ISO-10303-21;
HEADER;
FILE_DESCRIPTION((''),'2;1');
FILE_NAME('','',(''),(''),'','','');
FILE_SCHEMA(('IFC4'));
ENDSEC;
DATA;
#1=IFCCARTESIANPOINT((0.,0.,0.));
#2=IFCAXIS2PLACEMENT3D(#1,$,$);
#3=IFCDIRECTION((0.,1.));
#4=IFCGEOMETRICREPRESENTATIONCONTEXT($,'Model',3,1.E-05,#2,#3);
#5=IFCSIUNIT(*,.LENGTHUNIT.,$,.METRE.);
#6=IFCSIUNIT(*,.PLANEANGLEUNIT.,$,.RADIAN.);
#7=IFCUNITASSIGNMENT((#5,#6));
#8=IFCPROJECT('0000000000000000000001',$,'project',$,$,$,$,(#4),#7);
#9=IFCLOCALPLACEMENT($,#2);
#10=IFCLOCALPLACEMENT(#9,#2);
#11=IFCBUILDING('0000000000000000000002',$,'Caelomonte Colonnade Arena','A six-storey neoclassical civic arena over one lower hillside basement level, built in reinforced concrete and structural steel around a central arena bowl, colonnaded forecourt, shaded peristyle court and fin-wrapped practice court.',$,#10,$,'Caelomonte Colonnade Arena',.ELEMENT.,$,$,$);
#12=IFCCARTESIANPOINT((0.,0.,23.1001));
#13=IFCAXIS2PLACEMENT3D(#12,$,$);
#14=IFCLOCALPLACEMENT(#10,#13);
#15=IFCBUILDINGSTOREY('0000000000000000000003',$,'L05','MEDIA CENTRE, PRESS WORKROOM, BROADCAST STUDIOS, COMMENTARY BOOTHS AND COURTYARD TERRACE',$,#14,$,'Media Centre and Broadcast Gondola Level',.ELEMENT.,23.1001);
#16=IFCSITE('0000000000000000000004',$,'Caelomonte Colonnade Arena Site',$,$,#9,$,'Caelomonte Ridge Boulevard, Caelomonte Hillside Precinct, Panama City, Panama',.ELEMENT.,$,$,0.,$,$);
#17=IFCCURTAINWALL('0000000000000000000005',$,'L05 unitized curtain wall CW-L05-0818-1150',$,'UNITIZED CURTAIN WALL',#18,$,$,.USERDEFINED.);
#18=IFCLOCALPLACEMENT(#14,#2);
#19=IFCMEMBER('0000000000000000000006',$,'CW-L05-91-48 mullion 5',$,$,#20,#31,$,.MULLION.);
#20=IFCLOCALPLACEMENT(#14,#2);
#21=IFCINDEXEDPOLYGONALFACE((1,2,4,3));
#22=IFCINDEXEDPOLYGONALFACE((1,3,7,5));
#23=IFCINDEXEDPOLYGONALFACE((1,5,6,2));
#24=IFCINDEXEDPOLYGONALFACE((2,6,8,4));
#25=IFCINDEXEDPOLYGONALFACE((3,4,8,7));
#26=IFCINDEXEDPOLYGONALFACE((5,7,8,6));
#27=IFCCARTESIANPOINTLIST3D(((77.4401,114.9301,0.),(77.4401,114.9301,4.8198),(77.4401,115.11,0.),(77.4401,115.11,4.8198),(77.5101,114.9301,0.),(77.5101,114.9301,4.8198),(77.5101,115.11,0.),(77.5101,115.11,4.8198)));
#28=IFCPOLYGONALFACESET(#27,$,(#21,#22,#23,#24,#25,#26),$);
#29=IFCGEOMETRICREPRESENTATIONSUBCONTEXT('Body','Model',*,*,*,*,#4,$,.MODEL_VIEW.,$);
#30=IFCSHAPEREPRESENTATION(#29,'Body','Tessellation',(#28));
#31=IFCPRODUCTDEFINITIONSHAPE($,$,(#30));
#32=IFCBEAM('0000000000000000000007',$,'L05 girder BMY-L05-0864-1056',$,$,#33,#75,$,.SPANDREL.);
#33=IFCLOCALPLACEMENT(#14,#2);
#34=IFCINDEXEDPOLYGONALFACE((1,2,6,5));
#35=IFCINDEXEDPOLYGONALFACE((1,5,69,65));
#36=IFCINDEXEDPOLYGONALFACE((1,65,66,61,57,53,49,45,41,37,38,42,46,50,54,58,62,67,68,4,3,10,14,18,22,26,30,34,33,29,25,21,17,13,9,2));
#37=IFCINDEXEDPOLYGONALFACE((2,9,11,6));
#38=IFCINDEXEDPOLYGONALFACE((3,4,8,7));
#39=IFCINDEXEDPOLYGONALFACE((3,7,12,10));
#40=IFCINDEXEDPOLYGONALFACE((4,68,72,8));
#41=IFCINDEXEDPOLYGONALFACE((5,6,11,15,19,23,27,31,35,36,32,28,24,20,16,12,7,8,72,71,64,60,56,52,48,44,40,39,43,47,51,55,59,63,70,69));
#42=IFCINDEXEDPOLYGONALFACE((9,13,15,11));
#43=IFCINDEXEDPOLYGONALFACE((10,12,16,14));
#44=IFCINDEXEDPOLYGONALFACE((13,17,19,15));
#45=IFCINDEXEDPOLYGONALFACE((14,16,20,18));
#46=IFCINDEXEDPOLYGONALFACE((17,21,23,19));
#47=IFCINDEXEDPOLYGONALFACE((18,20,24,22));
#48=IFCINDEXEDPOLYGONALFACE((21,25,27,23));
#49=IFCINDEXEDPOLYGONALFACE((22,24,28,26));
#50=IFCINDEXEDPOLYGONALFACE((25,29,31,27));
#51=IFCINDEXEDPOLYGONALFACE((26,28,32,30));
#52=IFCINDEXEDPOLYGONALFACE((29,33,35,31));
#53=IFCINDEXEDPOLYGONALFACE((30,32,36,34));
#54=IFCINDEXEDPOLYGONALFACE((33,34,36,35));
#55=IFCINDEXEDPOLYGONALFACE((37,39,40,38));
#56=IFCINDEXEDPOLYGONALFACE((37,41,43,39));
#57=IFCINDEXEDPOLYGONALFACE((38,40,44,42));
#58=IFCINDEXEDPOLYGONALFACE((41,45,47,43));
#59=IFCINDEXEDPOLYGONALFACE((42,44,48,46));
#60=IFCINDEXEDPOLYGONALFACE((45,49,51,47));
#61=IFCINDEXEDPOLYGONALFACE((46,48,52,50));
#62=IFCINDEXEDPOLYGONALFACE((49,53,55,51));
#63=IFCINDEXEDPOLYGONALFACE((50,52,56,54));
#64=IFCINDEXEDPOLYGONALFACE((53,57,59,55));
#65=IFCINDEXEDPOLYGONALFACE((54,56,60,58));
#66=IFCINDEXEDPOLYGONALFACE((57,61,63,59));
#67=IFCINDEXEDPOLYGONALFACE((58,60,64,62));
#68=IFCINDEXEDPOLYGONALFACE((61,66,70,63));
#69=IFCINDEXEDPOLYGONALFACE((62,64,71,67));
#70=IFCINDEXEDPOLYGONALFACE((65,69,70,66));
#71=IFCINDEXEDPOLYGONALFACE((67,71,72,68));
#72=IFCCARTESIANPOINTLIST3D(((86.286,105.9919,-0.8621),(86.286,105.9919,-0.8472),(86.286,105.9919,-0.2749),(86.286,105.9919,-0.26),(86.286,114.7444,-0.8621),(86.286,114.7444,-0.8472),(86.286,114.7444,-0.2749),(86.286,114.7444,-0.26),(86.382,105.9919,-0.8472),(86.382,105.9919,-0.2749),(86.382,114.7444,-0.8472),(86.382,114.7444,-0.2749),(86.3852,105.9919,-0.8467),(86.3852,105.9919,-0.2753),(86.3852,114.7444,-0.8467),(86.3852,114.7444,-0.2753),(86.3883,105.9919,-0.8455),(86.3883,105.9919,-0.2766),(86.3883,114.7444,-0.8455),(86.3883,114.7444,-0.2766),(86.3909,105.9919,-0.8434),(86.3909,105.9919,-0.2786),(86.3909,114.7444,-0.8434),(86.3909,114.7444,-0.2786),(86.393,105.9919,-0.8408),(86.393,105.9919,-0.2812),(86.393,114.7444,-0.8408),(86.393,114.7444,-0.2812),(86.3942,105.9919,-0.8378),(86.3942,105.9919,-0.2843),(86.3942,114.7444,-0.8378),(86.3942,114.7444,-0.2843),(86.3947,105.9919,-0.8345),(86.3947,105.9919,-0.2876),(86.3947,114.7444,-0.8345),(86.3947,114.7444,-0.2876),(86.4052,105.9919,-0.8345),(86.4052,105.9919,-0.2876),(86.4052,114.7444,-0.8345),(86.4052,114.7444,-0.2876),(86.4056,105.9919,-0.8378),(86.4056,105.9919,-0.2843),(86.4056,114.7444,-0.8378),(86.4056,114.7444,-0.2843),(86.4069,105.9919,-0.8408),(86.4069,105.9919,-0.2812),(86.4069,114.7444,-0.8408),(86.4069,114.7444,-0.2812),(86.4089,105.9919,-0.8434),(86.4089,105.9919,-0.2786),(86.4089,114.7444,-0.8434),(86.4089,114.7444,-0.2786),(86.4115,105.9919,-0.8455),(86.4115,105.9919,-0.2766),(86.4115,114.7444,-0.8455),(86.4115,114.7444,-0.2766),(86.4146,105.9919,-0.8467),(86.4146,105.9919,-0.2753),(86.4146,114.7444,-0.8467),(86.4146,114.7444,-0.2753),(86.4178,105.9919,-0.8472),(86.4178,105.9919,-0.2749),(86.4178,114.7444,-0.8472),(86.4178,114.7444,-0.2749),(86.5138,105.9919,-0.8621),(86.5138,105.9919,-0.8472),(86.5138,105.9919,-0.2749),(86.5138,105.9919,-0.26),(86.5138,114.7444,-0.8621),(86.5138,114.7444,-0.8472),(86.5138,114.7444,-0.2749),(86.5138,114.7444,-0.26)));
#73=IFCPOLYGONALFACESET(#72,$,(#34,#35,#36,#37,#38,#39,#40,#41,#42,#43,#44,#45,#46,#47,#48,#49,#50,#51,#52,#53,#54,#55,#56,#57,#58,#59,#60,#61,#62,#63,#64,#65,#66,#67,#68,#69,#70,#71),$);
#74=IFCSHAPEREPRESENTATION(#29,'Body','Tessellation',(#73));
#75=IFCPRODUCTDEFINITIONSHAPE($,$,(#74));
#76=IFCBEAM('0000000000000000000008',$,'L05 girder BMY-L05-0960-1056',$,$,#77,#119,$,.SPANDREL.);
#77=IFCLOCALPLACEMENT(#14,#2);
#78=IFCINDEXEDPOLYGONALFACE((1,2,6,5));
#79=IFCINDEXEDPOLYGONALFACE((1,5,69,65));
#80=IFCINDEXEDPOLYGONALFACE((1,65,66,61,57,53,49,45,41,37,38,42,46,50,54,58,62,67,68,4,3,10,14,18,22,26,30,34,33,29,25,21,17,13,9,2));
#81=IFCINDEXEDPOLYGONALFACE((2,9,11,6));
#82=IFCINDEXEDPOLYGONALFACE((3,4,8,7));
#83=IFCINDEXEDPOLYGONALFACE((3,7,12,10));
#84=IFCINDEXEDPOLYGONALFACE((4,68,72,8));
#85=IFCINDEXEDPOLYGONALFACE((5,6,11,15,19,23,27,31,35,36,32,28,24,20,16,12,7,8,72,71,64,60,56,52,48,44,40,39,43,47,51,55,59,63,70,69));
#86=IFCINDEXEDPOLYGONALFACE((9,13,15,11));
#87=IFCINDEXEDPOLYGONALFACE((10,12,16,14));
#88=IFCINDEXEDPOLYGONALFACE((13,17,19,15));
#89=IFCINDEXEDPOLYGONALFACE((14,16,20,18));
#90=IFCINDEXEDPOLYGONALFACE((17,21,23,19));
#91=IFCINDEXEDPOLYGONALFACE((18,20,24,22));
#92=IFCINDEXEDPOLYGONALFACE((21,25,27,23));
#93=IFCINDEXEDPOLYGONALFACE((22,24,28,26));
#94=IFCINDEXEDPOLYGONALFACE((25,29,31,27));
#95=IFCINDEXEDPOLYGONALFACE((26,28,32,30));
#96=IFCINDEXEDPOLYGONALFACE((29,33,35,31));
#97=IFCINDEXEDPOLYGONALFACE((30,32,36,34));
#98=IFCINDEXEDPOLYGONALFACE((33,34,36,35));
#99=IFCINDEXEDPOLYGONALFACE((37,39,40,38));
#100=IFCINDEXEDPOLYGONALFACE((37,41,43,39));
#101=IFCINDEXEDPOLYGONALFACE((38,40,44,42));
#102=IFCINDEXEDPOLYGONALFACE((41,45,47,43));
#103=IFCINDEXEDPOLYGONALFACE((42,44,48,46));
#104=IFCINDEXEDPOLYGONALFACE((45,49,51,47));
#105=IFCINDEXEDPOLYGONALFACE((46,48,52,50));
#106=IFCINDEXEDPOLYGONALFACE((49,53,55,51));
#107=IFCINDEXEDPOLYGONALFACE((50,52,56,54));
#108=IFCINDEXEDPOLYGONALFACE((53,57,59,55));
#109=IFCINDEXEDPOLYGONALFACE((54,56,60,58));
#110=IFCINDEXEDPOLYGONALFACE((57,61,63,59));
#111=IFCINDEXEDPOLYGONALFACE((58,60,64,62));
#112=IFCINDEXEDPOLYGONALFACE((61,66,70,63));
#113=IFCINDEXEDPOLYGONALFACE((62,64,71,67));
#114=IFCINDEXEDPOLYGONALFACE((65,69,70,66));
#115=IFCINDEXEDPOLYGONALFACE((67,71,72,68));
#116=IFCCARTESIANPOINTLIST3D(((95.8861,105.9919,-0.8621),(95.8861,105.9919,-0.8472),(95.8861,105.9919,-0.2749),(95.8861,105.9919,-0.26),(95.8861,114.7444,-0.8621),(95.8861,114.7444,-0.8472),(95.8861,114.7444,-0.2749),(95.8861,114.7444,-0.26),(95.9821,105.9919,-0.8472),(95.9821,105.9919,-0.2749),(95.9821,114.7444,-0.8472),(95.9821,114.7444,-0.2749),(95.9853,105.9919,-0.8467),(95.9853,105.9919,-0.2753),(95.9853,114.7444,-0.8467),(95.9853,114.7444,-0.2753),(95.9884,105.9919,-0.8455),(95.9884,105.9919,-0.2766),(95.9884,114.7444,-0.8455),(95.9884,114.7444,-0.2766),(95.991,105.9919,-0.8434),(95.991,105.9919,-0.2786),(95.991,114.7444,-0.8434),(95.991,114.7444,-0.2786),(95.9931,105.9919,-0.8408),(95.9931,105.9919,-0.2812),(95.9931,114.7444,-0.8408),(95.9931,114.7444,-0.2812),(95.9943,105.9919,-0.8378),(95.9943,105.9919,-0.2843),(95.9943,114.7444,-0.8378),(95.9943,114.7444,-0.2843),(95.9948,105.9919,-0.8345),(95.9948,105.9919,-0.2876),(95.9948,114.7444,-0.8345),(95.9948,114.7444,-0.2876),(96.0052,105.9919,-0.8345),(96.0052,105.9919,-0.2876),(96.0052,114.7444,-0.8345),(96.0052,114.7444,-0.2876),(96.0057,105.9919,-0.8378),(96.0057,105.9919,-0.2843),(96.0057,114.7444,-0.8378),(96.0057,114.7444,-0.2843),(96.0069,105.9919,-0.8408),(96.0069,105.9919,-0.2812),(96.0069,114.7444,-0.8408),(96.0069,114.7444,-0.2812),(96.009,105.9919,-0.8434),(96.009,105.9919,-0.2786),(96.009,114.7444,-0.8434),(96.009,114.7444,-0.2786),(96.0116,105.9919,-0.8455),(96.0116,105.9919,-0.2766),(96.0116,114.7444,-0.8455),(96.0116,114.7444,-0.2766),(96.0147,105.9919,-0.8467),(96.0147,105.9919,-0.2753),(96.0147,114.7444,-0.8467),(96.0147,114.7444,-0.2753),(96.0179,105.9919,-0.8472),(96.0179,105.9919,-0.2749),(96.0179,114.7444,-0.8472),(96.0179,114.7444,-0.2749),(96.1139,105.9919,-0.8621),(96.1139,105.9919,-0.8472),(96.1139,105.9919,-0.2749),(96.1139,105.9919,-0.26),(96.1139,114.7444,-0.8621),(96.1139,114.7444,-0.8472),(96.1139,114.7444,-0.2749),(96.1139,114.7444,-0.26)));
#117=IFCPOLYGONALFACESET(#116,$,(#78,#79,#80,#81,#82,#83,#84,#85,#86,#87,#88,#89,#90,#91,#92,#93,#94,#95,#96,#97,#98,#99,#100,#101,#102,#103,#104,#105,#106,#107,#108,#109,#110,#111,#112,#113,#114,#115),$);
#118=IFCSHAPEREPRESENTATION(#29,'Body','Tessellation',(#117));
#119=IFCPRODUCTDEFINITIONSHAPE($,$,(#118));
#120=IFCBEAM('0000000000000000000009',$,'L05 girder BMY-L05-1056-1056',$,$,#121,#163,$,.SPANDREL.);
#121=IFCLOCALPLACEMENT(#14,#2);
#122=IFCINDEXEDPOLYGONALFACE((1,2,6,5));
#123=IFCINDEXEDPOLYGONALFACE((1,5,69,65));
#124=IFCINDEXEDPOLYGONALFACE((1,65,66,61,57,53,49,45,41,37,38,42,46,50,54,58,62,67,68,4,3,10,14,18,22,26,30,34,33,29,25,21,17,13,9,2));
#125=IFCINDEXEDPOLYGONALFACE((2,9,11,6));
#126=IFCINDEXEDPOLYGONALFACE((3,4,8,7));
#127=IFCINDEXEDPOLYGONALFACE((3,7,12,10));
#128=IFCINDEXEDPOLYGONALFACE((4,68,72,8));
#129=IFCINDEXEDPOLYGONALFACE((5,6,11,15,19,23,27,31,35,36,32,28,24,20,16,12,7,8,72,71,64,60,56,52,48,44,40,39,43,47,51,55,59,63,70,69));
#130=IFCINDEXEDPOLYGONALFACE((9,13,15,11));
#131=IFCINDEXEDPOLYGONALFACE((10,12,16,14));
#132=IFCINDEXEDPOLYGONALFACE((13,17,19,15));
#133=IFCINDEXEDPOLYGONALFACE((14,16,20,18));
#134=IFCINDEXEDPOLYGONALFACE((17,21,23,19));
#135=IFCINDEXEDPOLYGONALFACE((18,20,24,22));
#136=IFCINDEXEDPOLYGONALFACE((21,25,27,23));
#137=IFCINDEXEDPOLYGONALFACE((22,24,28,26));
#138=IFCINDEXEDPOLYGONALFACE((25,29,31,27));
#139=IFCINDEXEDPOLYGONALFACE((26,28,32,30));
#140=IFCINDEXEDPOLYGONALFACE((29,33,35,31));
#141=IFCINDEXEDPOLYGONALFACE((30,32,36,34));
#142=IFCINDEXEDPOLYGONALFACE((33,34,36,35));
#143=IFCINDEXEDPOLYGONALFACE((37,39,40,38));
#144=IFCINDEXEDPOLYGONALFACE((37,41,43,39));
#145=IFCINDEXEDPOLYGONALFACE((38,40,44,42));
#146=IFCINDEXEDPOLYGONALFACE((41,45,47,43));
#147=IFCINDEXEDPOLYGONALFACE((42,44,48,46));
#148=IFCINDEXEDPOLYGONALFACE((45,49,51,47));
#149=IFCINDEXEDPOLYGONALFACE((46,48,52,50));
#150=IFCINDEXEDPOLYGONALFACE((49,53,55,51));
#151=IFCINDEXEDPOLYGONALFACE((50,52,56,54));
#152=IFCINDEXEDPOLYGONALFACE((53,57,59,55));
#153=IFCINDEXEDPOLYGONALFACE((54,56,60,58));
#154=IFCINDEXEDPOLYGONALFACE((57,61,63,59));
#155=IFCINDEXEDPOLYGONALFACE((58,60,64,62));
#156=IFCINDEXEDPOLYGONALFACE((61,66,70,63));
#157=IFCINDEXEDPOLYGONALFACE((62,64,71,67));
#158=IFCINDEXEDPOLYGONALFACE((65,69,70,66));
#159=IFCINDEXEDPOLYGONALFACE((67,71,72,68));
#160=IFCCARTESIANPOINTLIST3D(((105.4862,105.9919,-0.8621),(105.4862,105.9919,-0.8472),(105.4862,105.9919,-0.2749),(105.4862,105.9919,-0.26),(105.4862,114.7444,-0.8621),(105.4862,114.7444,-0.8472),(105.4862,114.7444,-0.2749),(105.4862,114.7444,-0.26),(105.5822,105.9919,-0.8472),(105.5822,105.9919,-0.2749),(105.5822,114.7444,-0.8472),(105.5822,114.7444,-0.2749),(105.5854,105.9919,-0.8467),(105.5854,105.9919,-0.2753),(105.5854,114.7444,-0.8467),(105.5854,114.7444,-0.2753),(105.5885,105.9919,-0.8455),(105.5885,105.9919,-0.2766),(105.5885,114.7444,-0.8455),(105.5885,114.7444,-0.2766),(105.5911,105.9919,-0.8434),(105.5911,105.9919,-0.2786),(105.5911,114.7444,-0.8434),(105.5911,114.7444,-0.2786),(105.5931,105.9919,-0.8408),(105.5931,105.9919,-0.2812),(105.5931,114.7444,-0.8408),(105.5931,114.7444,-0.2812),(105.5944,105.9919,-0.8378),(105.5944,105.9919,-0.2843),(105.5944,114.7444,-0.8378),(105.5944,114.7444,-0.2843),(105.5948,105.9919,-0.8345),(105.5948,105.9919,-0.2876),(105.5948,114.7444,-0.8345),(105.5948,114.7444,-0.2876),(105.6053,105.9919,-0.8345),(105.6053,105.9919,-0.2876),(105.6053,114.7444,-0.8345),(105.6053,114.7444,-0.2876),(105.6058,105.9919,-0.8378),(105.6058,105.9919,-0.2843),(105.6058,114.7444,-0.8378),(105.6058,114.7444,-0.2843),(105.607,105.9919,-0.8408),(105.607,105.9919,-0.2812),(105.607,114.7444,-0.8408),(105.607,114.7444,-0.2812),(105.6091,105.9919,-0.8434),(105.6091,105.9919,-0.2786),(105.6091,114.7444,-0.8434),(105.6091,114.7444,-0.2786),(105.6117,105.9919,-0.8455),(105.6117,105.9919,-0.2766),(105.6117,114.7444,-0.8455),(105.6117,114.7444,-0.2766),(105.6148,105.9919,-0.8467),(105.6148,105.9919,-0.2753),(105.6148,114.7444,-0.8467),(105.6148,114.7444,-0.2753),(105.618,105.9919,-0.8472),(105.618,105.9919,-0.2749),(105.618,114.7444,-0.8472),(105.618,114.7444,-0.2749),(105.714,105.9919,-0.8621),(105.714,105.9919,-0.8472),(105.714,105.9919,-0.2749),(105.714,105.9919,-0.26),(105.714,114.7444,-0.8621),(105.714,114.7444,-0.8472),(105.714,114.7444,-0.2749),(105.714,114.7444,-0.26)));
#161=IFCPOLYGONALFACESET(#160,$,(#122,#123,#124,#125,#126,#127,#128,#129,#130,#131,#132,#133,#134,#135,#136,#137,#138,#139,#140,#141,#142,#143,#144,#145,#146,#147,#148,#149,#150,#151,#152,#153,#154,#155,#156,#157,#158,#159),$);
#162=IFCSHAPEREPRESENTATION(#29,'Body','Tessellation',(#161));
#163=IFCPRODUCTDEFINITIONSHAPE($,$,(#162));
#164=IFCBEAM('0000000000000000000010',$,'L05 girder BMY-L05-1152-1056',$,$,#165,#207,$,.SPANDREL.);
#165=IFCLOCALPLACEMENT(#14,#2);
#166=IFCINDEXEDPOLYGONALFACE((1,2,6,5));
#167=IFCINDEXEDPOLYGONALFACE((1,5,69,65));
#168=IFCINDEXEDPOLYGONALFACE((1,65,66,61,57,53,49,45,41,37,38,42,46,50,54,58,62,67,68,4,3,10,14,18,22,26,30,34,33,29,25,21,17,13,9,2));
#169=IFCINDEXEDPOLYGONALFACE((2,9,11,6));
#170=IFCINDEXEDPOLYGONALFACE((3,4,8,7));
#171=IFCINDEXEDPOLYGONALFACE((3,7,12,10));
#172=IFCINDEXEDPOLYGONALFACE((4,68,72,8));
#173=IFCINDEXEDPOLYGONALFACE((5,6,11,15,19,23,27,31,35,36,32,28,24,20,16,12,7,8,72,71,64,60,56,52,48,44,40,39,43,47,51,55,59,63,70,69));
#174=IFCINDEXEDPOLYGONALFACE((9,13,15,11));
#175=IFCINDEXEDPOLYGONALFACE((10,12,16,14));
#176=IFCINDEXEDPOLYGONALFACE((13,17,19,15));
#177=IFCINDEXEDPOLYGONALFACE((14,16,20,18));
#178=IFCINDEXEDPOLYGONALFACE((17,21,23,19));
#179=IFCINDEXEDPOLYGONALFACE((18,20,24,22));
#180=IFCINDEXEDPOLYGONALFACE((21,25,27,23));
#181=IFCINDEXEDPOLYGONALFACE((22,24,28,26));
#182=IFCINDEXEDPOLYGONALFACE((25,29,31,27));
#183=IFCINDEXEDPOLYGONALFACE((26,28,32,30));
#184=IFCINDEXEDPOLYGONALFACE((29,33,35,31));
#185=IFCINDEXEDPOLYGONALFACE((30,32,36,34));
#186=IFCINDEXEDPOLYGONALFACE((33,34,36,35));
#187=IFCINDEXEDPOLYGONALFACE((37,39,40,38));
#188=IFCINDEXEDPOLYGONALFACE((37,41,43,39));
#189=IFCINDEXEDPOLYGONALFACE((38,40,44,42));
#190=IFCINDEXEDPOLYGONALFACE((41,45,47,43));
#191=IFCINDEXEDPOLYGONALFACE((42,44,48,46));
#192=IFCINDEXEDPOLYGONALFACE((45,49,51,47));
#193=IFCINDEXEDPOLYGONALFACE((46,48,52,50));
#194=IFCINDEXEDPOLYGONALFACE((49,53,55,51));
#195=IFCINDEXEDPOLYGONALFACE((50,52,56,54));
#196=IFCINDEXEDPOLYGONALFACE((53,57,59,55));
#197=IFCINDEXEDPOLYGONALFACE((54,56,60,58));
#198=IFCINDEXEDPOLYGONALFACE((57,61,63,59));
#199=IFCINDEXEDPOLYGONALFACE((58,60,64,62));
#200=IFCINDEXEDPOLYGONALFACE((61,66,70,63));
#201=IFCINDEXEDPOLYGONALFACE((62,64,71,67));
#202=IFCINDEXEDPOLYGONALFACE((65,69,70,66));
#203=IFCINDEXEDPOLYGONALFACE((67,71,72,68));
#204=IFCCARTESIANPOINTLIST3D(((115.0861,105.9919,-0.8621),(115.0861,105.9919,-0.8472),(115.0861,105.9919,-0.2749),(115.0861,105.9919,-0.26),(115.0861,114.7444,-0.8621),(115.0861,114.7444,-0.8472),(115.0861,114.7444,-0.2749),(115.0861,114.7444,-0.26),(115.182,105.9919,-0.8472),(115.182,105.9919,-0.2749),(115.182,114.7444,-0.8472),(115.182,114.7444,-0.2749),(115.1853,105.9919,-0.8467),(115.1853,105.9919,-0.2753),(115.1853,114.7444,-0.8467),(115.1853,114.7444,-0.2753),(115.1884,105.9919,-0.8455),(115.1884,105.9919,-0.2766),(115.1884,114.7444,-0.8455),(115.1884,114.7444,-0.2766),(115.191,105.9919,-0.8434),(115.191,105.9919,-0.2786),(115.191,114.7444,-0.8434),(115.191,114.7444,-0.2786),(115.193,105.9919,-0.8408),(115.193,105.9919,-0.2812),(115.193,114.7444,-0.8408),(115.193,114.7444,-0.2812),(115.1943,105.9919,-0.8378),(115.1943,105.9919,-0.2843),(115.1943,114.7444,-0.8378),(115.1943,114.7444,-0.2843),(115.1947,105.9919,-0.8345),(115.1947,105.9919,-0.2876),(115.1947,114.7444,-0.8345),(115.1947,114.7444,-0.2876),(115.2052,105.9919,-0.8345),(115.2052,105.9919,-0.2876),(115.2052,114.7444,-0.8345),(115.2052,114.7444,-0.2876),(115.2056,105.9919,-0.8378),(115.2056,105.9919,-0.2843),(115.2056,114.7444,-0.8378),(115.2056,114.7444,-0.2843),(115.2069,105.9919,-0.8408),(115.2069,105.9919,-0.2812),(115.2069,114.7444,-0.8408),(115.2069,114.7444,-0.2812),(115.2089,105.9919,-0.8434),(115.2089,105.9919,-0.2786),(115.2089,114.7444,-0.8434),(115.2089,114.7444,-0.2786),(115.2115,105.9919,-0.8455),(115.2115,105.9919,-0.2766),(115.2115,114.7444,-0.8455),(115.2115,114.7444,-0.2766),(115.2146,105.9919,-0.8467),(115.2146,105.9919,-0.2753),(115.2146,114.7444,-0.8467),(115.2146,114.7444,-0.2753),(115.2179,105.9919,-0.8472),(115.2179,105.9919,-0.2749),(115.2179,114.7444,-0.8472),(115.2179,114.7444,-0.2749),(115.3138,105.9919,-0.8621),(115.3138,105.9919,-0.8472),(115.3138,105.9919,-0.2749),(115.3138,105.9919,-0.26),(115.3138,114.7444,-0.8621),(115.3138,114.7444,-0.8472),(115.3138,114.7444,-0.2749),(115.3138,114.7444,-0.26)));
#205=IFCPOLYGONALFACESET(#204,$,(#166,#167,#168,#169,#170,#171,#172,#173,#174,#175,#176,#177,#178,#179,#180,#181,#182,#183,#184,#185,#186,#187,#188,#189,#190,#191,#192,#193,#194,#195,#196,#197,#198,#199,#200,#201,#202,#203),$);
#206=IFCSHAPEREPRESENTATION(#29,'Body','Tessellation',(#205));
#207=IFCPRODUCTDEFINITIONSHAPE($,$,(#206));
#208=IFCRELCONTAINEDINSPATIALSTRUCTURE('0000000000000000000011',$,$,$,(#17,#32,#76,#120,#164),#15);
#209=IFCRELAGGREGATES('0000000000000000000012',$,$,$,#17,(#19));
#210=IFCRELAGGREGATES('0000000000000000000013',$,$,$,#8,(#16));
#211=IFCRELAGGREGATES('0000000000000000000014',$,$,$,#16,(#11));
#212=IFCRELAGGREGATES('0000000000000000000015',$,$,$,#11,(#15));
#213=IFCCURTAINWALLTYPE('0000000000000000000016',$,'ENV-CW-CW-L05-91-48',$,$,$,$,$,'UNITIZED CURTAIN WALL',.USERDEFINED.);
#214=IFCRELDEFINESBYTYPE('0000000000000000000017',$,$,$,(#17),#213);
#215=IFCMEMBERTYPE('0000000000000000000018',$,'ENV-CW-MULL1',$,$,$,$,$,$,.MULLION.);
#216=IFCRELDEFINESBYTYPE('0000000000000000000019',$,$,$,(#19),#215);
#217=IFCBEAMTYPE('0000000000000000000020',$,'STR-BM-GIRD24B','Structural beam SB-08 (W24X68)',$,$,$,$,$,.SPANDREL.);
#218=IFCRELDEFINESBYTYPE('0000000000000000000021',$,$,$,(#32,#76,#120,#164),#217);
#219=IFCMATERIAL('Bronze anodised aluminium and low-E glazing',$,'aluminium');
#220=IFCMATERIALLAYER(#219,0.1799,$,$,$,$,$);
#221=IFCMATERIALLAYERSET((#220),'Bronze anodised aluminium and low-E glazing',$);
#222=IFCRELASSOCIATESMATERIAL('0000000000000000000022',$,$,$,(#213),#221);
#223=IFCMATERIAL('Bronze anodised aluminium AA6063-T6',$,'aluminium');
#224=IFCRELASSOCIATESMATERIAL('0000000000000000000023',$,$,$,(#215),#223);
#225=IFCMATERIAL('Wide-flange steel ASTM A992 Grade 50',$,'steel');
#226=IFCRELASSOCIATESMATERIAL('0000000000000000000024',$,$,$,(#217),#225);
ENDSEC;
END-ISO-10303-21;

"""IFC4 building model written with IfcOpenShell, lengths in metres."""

from ifc_helpers import new_model, si_unit, direction, frame, origin, origin_2d, place, context, subcontext, project, spatial, rectangle, i_section, extrude, material, layer, layer_set, material_profile, profile_set, type_object, element, aggregate, save


model = new_model("IFC4")

# Units and contexts
model_context = context("Model", 3, precision=1e-05, world=origin(), true_north=direction((0.0, 1.0)))
body_context = subcontext(model_context, "Body", "Model", "MODEL_VIEW")
ifc_project = project(units=[si_unit("LENGTHUNIT", "METRE"), si_unit("PLANEANGLEUNIT", "RADIAN")], contexts=[model_context])

# Site, building, storey
site_placement = place(None, origin())
site = spatial("IfcSite", under=ifc_project, at=site_placement, Name="Caelomonte Colonnade Arena Site", LongName="Caelomonte Ridge Boulevard, Caelomonte Hillside Precinct, Panama City, Panama", CompositionType="ELEMENT", RefElevation=0.0)
building_placement = place(site_placement, origin())
building = spatial("IfcBuilding", under=site, at=building_placement, Name="Caelomonte Colonnade Arena", Description="A six-storey neoclassical civic arena over one lower hillside basement level, built in reinforced concrete and structural steel around a central arena bowl, colonnaded forecourt, shaded peristyle court and fin-wrapped practice court.", LongName="Caelomonte Colonnade Arena", CompositionType="ELEMENT")
storey_placement = place(building_placement, frame((0.0, 0.0, 23.1001)))
storey = spatial("IfcBuildingStorey", under=building, at=storey_placement, Name="L05", Description="MEDIA CENTRE, PRESS WORKROOM, BROADCAST STUDIOS, COMMENTARY BOOTHS AND COURTYARD TERRACE", LongName="Media Centre and Broadcast Gondola Level", CompositionType="ELEMENT", Elevation=23.1001)

# Curtain wall, member
ifc_material_1 = material(Name="Bronze anodised aluminium and low-E glazing", Category="aluminium")
ifc_layer_1 = layer(ifc_material_1, 0.1799)
ifc_layer_set_1 = layer_set([ifc_layer_1], Name="Bronze anodised aluminium and low-E glazing")
curtain_wall_type = type_object("IfcCurtainWallType", Name="ENV-CW-CW-L05-91-48", ElementType="UNITIZED CURTAIN WALL", PredefinedType="USERDEFINED", material=ifc_layer_set_1)
curtain_wall_placement = place(storey_placement, origin())
curtain_wall = element("IfcCurtainWall", 1, at=curtain_wall_placement, inside=storey, type_object=curtain_wall_type, Name="L05 unitized curtain wall CW-L05-0818-1150", ObjectType="UNITIZED CURTAIN WALL", PredefinedType="USERDEFINED")
ifc_material_2 = material(Name="Bronze anodised aluminium AA6063-T6", Category="aluminium")
ifc_material_profile_1 = material_profile(ifc_material_2, rectangle(XDim=0.0701, YDim=0.1799, at=origin_2d()), Name="CWM-70X180")
ifc_profile_set_1 = profile_set([ifc_material_profile_1], Name="Bronze anodised aluminium AA6063-T6")
member_type = type_object("IfcMemberType", Name="ENV-CW-MULL1", PredefinedType="MULLION", material=ifc_profile_set_1)
member_placement = place(storey_placement, frame((77.4751, 115.02, 0.0), z_axis=(0.0, 0.0, 1.0), x_axis=(-1.0, 0.0, 0.0)))
member = element("IfcMember", 2, at=member_placement, type_object=member_type, Name="CW-L05-91-48 mullion 5", PredefinedType="MULLION", context=body_context, shape_type="SweptSolid", body=[
    extrude(rectangle(XDim=0.0701, YDim=0.1799, at=origin_2d()), origin(), (0.0, 0.0, 1.0), 4.8198),
])

# Beams
ifc_material_3 = material(Name="Wide-flange steel ASTM A992 Grade 50", Category="steel")
ifc_material_profile_2 = material_profile(ifc_material_3, i_section(OverallWidth=0.2278, OverallDepth=0.6021, WebThickness=0.0105, FlangeThickness=0.0149, FilletRadius=0.0127, at=origin_2d()), Name="W24X68")
ifc_profile_set_2 = profile_set([ifc_material_profile_2], Name="Wide-flange steel ASTM A992 Grade 50")
beam_type_1 = type_object("IfcBeamType", Name="STR-BM-GIRD24B", Description="Structural beam SB-08 (W24X68)", PredefinedType="SPANDREL", material=ifc_profile_set_2)
for number, where, z_axis, x_axis, name in (
    (3, (86.3999, 105.9919, -0.561), (0.0, 1.0, 0.0), (-1.0, 0.0, 0.0), "L05 girder BMY-L05-0864-1056"),
    (4, (96.0, 105.9919, -0.561), (0.0, 1.0, 0.0), (-1.0, 0.0, 0.0), "L05 girder BMY-L05-0960-1056"),
    (5, (105.6001, 105.9919, -0.561), (0.0, 1.0, 0.0), (-1.0, 0.0, 0.0), "L05 girder BMY-L05-1056-1056"),
    (6, (115.2, 105.9919, -0.561), (0.0, 1.0, 0.0), (-1.0, 0.0, 0.0), "L05 girder BMY-L05-1152-1056"),
):
    element("IfcBeam", number, at=place(storey_placement, frame(where, z_axis=z_axis, x_axis=x_axis)), inside=storey, type_object=beam_type_1, Name=name, PredefinedType="SPANDREL", context=body_context, shape_type="SweptSolid", body=[
        extrude(i_section(OverallWidth=0.2278, OverallDepth=0.6021, WebThickness=0.0105, FlangeThickness=0.0149, FilletRadius=0.0127, at=origin_2d()), origin(), (0.0, 0.0, 1.0), 8.7524),
    ])

aggregate(curtain_wall, [member])

save(model, "model.ifc")
